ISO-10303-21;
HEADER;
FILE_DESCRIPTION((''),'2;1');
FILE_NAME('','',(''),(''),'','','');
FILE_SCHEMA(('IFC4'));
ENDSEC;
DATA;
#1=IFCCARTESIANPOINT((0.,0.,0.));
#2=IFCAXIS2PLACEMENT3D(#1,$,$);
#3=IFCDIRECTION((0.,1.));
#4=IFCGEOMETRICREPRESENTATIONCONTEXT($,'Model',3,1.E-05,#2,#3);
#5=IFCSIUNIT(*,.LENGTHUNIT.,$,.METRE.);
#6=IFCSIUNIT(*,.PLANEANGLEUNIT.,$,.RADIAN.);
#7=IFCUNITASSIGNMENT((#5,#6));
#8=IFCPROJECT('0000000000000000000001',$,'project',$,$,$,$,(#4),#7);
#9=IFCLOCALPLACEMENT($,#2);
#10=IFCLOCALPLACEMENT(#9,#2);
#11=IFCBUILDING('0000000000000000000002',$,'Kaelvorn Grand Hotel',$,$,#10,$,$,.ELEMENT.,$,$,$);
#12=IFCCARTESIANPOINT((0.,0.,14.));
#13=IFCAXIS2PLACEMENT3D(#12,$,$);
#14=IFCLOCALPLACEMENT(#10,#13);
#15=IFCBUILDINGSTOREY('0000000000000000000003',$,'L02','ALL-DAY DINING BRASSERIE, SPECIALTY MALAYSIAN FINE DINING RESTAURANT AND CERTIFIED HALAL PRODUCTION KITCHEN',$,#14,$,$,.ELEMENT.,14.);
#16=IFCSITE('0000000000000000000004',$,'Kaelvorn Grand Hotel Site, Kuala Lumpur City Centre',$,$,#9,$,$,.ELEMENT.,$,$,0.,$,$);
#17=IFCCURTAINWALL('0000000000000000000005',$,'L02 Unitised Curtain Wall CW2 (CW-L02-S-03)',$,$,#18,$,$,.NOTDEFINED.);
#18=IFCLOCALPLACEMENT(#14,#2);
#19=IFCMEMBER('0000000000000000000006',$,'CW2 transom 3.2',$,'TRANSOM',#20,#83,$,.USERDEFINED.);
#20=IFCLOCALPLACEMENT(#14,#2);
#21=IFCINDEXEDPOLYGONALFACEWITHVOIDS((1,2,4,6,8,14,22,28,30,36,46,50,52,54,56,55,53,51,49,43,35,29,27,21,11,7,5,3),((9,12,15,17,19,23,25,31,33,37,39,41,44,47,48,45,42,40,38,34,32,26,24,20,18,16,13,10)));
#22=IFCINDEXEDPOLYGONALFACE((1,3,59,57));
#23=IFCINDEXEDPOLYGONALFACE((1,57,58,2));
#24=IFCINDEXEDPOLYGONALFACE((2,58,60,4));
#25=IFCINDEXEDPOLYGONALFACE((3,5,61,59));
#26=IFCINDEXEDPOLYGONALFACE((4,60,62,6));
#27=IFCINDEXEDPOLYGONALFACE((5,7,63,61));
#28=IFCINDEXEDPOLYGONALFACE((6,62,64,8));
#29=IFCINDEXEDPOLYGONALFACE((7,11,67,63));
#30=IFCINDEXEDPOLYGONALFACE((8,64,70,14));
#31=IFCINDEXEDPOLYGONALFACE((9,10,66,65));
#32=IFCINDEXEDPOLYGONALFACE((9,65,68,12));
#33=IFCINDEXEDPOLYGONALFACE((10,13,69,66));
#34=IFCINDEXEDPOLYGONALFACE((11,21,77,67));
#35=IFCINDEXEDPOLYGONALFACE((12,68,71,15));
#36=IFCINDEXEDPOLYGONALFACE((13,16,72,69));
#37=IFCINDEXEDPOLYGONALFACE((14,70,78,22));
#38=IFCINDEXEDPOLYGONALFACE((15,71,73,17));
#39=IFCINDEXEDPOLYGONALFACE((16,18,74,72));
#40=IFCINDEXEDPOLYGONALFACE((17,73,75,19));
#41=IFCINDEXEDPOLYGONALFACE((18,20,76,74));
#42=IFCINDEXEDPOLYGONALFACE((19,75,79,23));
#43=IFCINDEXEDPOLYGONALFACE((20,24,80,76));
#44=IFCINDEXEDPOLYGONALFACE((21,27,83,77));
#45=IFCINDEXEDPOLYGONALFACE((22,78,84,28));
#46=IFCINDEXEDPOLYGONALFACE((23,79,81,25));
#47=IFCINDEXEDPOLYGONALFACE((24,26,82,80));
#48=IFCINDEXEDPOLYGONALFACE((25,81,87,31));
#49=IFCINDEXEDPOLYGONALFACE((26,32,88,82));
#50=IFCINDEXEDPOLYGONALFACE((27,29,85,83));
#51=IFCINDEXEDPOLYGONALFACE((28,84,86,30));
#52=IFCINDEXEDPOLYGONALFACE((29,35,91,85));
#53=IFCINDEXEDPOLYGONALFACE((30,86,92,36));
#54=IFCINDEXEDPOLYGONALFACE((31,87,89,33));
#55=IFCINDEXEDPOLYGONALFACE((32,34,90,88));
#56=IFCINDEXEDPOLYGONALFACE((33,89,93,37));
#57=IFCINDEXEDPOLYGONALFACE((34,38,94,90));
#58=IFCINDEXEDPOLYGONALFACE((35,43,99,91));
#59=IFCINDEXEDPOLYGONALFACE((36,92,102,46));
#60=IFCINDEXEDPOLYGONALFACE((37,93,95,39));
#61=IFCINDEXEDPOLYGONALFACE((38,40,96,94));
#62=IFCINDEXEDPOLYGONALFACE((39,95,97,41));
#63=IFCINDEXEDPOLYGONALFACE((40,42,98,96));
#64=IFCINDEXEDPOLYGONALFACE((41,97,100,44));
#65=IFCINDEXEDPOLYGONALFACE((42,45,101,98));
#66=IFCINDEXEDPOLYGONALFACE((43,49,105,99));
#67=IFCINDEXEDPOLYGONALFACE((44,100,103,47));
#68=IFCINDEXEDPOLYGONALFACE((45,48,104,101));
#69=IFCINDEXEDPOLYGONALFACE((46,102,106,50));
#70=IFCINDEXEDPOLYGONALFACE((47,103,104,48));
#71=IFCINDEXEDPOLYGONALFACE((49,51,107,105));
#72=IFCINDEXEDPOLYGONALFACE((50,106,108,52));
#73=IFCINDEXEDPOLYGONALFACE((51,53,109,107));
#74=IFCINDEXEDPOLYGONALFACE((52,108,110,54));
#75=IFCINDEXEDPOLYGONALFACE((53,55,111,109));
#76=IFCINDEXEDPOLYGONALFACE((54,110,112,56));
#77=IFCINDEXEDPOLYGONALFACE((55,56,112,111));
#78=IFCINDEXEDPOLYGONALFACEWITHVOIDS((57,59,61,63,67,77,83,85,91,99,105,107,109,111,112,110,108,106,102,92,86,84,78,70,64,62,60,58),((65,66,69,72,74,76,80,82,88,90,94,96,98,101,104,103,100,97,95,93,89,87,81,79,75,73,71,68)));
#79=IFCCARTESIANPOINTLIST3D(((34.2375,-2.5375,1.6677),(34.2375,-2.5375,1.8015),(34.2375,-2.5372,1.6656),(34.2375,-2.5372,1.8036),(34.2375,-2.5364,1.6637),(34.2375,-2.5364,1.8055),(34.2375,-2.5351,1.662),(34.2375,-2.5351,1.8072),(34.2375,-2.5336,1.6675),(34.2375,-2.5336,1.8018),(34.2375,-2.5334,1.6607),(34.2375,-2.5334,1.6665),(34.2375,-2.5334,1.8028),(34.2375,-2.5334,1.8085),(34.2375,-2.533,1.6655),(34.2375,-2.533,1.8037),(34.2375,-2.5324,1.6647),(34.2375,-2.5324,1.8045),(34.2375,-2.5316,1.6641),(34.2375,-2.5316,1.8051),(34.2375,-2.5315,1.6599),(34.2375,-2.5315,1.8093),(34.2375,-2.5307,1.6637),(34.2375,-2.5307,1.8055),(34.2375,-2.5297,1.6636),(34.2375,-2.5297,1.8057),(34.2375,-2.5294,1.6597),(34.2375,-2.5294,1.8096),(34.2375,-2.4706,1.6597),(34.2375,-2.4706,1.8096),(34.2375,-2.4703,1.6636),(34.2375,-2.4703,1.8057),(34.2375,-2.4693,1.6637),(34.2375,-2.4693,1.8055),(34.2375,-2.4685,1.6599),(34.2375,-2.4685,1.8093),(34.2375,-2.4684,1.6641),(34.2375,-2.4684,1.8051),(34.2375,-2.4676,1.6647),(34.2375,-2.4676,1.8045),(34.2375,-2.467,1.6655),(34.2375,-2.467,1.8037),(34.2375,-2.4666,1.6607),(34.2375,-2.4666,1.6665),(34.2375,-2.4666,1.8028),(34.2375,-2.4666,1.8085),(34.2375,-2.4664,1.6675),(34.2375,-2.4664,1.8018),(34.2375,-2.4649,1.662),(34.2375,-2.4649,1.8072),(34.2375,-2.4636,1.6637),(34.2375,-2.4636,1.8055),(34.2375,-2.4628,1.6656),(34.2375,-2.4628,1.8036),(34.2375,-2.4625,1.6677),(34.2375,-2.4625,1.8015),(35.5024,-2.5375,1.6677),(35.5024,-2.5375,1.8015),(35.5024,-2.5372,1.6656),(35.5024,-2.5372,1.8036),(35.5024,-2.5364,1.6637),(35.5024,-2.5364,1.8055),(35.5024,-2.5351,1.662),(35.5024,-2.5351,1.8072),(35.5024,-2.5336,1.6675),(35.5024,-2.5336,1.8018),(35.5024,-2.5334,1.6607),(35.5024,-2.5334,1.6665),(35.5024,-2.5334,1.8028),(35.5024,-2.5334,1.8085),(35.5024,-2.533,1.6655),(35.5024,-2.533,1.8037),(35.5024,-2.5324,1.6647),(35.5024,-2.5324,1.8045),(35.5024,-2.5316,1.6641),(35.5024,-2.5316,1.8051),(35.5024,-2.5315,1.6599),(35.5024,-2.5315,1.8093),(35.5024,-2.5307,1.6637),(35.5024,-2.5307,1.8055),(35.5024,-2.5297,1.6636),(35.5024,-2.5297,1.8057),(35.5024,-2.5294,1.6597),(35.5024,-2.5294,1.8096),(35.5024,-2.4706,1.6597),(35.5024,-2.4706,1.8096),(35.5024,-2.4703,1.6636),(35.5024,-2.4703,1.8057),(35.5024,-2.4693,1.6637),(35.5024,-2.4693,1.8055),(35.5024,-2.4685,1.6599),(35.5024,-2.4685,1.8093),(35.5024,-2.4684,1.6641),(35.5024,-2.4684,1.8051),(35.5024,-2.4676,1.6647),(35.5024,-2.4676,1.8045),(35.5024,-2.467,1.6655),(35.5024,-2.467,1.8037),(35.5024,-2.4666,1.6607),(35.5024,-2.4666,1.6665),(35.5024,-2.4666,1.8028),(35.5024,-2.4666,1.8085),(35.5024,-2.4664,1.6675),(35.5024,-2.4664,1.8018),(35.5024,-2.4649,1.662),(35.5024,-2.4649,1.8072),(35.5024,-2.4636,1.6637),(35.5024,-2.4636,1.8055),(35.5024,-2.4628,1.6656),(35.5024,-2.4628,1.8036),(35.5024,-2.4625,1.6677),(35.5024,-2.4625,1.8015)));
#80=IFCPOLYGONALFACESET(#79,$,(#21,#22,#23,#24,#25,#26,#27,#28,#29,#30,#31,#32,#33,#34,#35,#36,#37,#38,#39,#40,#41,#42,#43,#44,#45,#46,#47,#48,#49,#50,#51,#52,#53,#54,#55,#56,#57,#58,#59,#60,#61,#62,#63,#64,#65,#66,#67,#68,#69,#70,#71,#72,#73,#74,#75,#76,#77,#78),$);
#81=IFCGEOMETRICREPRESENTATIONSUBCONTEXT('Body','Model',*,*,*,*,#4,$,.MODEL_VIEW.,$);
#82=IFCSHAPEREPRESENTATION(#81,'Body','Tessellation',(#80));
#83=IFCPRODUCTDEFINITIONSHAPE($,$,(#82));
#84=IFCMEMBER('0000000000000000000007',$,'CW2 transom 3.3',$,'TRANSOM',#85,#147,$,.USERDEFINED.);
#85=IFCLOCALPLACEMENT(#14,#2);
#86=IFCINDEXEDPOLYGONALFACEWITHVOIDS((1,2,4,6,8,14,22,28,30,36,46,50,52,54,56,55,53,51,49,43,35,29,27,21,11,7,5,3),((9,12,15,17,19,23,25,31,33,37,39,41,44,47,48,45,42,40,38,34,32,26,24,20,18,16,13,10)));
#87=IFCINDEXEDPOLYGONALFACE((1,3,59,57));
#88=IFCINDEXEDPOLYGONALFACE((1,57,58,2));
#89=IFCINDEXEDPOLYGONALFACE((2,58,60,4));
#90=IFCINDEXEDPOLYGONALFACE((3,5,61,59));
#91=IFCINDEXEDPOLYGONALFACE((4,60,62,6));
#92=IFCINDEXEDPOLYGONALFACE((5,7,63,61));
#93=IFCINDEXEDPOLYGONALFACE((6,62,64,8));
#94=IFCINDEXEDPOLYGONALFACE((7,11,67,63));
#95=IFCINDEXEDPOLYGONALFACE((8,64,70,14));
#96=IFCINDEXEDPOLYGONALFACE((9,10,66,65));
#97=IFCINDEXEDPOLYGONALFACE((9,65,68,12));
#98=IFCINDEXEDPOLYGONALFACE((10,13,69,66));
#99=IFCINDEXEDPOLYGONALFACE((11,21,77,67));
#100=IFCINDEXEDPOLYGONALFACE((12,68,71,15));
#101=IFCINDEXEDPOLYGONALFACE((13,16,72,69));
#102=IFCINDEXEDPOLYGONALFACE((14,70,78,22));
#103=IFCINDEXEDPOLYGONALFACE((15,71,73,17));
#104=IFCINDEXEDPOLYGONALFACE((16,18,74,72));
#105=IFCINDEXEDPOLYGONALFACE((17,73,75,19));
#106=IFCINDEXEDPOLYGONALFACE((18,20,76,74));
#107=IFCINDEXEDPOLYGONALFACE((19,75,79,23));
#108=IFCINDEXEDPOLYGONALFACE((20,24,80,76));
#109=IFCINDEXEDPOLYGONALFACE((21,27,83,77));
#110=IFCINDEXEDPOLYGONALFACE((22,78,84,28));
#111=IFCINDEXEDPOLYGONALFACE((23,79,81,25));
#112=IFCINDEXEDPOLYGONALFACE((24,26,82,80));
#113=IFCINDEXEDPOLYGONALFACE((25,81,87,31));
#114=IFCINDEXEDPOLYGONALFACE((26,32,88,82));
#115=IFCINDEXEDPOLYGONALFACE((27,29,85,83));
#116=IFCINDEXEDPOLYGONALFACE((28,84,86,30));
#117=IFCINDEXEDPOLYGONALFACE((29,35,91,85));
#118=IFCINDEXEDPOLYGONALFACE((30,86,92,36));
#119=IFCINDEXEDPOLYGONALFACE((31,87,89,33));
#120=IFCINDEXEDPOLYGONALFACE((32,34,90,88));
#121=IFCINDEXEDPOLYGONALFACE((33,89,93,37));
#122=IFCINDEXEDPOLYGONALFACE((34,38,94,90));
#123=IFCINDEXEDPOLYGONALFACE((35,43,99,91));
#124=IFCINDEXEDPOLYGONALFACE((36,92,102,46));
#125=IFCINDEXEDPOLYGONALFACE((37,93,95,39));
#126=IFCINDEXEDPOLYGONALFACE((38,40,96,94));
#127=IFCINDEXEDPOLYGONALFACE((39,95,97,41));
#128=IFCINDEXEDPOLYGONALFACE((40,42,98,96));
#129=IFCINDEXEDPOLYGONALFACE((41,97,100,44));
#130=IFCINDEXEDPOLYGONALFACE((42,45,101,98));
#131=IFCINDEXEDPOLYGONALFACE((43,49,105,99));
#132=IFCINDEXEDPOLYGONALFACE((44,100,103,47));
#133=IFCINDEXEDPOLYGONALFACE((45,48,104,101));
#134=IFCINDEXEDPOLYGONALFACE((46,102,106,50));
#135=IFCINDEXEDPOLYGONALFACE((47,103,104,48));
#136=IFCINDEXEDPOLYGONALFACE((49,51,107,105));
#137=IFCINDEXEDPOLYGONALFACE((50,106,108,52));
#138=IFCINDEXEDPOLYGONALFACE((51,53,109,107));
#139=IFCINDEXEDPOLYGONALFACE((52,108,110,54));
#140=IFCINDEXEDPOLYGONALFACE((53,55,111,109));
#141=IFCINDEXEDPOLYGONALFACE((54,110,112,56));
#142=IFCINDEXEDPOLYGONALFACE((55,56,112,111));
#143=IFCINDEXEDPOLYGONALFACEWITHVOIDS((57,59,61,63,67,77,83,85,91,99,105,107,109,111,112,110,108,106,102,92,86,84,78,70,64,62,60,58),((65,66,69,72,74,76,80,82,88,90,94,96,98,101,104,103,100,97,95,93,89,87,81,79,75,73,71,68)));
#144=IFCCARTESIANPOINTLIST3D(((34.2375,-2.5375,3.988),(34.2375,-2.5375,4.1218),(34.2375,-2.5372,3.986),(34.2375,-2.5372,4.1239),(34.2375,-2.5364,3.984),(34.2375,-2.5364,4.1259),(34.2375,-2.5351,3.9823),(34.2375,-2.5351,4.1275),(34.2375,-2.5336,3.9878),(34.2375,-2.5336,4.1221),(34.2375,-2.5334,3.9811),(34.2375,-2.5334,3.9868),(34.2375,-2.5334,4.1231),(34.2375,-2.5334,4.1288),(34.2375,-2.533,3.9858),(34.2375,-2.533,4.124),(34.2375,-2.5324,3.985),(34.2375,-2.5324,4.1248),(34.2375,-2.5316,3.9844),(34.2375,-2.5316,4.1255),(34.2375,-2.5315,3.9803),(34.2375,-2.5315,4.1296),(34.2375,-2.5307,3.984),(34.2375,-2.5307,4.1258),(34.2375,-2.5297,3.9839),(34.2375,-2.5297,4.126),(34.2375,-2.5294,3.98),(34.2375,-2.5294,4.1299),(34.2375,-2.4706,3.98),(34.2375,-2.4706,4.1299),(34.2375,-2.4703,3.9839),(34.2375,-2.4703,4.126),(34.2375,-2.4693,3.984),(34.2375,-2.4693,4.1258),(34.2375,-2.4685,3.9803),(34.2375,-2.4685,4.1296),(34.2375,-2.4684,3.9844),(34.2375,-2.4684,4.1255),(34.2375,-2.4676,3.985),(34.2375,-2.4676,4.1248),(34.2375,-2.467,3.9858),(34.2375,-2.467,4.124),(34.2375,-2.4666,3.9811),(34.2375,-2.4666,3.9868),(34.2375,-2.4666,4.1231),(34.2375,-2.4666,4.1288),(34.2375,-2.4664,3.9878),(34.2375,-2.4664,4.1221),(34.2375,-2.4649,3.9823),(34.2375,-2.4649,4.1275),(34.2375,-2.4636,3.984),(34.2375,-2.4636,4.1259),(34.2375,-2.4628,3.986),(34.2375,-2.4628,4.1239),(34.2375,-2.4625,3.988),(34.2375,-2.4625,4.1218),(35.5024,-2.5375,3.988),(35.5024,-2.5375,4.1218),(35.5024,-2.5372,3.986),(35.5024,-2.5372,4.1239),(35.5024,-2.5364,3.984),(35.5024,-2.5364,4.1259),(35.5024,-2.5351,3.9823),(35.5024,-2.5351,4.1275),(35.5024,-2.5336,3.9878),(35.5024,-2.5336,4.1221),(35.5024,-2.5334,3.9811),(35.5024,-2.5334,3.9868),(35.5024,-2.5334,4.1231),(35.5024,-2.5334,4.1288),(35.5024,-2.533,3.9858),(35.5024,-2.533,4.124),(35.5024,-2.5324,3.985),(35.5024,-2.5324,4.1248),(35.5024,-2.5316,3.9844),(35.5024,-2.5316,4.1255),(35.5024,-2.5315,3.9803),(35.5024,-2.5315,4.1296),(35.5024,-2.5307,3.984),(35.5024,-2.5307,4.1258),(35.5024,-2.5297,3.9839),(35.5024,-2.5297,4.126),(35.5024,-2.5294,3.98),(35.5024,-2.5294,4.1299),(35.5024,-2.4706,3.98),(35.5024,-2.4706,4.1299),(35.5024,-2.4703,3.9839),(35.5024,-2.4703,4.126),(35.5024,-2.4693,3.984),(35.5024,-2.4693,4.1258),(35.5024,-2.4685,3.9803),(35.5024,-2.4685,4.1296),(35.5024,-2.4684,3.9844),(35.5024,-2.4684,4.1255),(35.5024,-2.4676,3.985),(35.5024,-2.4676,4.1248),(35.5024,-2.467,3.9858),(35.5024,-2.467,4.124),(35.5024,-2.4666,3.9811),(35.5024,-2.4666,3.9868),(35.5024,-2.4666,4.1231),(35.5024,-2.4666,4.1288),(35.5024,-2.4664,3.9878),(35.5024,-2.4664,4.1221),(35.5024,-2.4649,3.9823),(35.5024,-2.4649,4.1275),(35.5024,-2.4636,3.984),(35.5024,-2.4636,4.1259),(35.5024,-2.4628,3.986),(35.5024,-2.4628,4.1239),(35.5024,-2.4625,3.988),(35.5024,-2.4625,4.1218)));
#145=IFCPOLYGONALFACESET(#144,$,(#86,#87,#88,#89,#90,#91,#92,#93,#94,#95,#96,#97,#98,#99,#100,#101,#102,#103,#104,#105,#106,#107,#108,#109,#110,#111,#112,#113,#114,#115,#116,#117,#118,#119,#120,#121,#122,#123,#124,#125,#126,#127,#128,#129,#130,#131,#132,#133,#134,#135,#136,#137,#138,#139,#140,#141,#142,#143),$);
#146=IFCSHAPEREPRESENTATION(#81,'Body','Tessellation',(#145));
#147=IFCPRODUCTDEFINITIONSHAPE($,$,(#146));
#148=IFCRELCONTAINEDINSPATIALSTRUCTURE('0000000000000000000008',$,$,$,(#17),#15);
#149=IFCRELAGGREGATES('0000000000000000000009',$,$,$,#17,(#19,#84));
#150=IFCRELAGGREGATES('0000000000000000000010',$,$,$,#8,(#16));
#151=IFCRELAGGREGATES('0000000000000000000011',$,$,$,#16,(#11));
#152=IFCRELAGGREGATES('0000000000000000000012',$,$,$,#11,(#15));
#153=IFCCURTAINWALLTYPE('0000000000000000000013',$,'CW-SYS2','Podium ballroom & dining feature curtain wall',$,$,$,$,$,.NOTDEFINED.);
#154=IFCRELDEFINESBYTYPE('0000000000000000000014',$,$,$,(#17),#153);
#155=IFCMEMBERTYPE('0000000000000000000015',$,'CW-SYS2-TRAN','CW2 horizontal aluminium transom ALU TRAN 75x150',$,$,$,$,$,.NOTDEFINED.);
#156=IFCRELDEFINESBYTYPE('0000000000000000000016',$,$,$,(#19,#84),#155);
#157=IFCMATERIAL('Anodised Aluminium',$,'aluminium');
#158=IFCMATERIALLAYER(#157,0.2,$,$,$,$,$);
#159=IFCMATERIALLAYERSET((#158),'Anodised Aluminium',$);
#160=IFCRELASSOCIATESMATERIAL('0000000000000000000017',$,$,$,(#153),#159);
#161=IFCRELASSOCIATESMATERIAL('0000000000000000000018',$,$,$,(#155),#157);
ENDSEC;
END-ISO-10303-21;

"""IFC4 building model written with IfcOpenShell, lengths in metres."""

from ifc_helpers import new_model, si_unit, direction, frame, origin, origin_2d, place, context, subcontext, project, spatial, hollow_rectangle, extrude, material, layer, layer_set, material_profile, profile_set, type_object, element, aggregate, save


model = new_model("IFC4")

# Units and contexts
model_context = context("Model", 3, precision=1e-05, world=origin(), true_north=direction((0.0, 1.0)))
body_context = subcontext(model_context, "Body", "Model", "MODEL_VIEW")
ifc_project = project(units=[si_unit("LENGTHUNIT", "METRE"), si_unit("PLANEANGLEUNIT", "RADIAN")], contexts=[model_context])

# Site, building, storey
site_placement = place(None, origin())
site = spatial("IfcSite", under=ifc_project, at=site_placement, Name="Kaelvorn Grand Hotel Site, Kuala Lumpur City Centre", CompositionType="ELEMENT", RefElevation=0.0)
building_placement = place(site_placement, origin())
building = spatial("IfcBuilding", under=site, at=building_placement, Name="Kaelvorn Grand Hotel", CompositionType="ELEMENT")
storey_placement = place(building_placement, frame((0.0, 0.0, 14.0)))
storey = spatial("IfcBuildingStorey", under=building, at=storey_placement, Name="L02", Description="ALL-DAY DINING BRASSERIE, SPECIALTY MALAYSIAN FINE DINING RESTAURANT AND CERTIFIED HALAL PRODUCTION KITCHEN", CompositionType="ELEMENT", Elevation=14.0)

# Curtain wall, members
ifc_material_1 = material(Name="Anodised Aluminium", Category="aluminium")
ifc_layer_1 = layer(ifc_material_1, 0.2)
ifc_layer_set_1 = layer_set([ifc_layer_1], Name="Anodised Aluminium")
curtain_wall_type = type_object("IfcCurtainWallType", Name="CW-SYS2", Description="Podium ballroom & dining feature curtain wall", PredefinedType="NOTDEFINED", material=ifc_layer_set_1)
curtain_wall_placement = place(storey_placement, origin())
curtain_wall = element("IfcCurtainWall", 1, at=curtain_wall_placement, inside=storey, type_object=curtain_wall_type, Name="L02 Unitised Curtain Wall CW2 (CW-L02-S-03)", PredefinedType="NOTDEFINED")
ifc_material_profile_1 = material_profile(ifc_material_1, hollow_rectangle(XDim=0.075, YDim=0.1499, WallThickness=0.0039, InnerFilletRadius=0.0039, OuterFilletRadius=0.0081, at=origin_2d()), Name="ALU TRAN 75x150")
ifc_profile_set_1 = profile_set([ifc_material_profile_1], Name="Anodised Aluminium")
member_type_1 = type_object("IfcMemberType", Name="CW-SYS2-TRAN", Description="CW2 horizontal aluminium transom ALU TRAN 75x150", PredefinedType="NOTDEFINED", material=ifc_profile_set_1)
member_1_placement = place(storey_placement, frame((34.2375, -2.5, 1.7346), z_axis=(1.0, 0.0, 0.0), x_axis=(0.0, 1.0, 0.0)))
member_1 = element("IfcMember", 2, at=member_1_placement, type_object=member_type_1, Name="CW2 transom 3.2", ObjectType="TRANSOM", PredefinedType="USERDEFINED", context=body_context, shape_type="SweptSolid", body=[
    extrude(hollow_rectangle(XDim=0.075, YDim=0.1499, WallThickness=0.0039, InnerFilletRadius=0.0039, OuterFilletRadius=0.0081, at=origin_2d()), origin(), (0.0, 0.0, 1.0), 1.2649),
])
member_2_placement = place(storey_placement, frame((34.2375, -2.5, 4.0549), z_axis=(1.0, 0.0, 0.0), x_axis=(0.0, 1.0, 0.0)))
member_2 = element("IfcMember", 3, at=member_2_placement, type_object=member_type_1, Name="CW2 transom 3.3", ObjectType="TRANSOM", PredefinedType="USERDEFINED", context=body_context, shape_type="SweptSolid", body=[
    extrude(hollow_rectangle(XDim=0.075, YDim=0.1499, WallThickness=0.0039, InnerFilletRadius=0.0039, OuterFilletRadius=0.0081, at=origin_2d()), origin(), (0.0, 0.0, 1.0), 1.2649),
])
aggregate(curtain_wall, [member_1, member_2])

save(model, "model.ifc")
